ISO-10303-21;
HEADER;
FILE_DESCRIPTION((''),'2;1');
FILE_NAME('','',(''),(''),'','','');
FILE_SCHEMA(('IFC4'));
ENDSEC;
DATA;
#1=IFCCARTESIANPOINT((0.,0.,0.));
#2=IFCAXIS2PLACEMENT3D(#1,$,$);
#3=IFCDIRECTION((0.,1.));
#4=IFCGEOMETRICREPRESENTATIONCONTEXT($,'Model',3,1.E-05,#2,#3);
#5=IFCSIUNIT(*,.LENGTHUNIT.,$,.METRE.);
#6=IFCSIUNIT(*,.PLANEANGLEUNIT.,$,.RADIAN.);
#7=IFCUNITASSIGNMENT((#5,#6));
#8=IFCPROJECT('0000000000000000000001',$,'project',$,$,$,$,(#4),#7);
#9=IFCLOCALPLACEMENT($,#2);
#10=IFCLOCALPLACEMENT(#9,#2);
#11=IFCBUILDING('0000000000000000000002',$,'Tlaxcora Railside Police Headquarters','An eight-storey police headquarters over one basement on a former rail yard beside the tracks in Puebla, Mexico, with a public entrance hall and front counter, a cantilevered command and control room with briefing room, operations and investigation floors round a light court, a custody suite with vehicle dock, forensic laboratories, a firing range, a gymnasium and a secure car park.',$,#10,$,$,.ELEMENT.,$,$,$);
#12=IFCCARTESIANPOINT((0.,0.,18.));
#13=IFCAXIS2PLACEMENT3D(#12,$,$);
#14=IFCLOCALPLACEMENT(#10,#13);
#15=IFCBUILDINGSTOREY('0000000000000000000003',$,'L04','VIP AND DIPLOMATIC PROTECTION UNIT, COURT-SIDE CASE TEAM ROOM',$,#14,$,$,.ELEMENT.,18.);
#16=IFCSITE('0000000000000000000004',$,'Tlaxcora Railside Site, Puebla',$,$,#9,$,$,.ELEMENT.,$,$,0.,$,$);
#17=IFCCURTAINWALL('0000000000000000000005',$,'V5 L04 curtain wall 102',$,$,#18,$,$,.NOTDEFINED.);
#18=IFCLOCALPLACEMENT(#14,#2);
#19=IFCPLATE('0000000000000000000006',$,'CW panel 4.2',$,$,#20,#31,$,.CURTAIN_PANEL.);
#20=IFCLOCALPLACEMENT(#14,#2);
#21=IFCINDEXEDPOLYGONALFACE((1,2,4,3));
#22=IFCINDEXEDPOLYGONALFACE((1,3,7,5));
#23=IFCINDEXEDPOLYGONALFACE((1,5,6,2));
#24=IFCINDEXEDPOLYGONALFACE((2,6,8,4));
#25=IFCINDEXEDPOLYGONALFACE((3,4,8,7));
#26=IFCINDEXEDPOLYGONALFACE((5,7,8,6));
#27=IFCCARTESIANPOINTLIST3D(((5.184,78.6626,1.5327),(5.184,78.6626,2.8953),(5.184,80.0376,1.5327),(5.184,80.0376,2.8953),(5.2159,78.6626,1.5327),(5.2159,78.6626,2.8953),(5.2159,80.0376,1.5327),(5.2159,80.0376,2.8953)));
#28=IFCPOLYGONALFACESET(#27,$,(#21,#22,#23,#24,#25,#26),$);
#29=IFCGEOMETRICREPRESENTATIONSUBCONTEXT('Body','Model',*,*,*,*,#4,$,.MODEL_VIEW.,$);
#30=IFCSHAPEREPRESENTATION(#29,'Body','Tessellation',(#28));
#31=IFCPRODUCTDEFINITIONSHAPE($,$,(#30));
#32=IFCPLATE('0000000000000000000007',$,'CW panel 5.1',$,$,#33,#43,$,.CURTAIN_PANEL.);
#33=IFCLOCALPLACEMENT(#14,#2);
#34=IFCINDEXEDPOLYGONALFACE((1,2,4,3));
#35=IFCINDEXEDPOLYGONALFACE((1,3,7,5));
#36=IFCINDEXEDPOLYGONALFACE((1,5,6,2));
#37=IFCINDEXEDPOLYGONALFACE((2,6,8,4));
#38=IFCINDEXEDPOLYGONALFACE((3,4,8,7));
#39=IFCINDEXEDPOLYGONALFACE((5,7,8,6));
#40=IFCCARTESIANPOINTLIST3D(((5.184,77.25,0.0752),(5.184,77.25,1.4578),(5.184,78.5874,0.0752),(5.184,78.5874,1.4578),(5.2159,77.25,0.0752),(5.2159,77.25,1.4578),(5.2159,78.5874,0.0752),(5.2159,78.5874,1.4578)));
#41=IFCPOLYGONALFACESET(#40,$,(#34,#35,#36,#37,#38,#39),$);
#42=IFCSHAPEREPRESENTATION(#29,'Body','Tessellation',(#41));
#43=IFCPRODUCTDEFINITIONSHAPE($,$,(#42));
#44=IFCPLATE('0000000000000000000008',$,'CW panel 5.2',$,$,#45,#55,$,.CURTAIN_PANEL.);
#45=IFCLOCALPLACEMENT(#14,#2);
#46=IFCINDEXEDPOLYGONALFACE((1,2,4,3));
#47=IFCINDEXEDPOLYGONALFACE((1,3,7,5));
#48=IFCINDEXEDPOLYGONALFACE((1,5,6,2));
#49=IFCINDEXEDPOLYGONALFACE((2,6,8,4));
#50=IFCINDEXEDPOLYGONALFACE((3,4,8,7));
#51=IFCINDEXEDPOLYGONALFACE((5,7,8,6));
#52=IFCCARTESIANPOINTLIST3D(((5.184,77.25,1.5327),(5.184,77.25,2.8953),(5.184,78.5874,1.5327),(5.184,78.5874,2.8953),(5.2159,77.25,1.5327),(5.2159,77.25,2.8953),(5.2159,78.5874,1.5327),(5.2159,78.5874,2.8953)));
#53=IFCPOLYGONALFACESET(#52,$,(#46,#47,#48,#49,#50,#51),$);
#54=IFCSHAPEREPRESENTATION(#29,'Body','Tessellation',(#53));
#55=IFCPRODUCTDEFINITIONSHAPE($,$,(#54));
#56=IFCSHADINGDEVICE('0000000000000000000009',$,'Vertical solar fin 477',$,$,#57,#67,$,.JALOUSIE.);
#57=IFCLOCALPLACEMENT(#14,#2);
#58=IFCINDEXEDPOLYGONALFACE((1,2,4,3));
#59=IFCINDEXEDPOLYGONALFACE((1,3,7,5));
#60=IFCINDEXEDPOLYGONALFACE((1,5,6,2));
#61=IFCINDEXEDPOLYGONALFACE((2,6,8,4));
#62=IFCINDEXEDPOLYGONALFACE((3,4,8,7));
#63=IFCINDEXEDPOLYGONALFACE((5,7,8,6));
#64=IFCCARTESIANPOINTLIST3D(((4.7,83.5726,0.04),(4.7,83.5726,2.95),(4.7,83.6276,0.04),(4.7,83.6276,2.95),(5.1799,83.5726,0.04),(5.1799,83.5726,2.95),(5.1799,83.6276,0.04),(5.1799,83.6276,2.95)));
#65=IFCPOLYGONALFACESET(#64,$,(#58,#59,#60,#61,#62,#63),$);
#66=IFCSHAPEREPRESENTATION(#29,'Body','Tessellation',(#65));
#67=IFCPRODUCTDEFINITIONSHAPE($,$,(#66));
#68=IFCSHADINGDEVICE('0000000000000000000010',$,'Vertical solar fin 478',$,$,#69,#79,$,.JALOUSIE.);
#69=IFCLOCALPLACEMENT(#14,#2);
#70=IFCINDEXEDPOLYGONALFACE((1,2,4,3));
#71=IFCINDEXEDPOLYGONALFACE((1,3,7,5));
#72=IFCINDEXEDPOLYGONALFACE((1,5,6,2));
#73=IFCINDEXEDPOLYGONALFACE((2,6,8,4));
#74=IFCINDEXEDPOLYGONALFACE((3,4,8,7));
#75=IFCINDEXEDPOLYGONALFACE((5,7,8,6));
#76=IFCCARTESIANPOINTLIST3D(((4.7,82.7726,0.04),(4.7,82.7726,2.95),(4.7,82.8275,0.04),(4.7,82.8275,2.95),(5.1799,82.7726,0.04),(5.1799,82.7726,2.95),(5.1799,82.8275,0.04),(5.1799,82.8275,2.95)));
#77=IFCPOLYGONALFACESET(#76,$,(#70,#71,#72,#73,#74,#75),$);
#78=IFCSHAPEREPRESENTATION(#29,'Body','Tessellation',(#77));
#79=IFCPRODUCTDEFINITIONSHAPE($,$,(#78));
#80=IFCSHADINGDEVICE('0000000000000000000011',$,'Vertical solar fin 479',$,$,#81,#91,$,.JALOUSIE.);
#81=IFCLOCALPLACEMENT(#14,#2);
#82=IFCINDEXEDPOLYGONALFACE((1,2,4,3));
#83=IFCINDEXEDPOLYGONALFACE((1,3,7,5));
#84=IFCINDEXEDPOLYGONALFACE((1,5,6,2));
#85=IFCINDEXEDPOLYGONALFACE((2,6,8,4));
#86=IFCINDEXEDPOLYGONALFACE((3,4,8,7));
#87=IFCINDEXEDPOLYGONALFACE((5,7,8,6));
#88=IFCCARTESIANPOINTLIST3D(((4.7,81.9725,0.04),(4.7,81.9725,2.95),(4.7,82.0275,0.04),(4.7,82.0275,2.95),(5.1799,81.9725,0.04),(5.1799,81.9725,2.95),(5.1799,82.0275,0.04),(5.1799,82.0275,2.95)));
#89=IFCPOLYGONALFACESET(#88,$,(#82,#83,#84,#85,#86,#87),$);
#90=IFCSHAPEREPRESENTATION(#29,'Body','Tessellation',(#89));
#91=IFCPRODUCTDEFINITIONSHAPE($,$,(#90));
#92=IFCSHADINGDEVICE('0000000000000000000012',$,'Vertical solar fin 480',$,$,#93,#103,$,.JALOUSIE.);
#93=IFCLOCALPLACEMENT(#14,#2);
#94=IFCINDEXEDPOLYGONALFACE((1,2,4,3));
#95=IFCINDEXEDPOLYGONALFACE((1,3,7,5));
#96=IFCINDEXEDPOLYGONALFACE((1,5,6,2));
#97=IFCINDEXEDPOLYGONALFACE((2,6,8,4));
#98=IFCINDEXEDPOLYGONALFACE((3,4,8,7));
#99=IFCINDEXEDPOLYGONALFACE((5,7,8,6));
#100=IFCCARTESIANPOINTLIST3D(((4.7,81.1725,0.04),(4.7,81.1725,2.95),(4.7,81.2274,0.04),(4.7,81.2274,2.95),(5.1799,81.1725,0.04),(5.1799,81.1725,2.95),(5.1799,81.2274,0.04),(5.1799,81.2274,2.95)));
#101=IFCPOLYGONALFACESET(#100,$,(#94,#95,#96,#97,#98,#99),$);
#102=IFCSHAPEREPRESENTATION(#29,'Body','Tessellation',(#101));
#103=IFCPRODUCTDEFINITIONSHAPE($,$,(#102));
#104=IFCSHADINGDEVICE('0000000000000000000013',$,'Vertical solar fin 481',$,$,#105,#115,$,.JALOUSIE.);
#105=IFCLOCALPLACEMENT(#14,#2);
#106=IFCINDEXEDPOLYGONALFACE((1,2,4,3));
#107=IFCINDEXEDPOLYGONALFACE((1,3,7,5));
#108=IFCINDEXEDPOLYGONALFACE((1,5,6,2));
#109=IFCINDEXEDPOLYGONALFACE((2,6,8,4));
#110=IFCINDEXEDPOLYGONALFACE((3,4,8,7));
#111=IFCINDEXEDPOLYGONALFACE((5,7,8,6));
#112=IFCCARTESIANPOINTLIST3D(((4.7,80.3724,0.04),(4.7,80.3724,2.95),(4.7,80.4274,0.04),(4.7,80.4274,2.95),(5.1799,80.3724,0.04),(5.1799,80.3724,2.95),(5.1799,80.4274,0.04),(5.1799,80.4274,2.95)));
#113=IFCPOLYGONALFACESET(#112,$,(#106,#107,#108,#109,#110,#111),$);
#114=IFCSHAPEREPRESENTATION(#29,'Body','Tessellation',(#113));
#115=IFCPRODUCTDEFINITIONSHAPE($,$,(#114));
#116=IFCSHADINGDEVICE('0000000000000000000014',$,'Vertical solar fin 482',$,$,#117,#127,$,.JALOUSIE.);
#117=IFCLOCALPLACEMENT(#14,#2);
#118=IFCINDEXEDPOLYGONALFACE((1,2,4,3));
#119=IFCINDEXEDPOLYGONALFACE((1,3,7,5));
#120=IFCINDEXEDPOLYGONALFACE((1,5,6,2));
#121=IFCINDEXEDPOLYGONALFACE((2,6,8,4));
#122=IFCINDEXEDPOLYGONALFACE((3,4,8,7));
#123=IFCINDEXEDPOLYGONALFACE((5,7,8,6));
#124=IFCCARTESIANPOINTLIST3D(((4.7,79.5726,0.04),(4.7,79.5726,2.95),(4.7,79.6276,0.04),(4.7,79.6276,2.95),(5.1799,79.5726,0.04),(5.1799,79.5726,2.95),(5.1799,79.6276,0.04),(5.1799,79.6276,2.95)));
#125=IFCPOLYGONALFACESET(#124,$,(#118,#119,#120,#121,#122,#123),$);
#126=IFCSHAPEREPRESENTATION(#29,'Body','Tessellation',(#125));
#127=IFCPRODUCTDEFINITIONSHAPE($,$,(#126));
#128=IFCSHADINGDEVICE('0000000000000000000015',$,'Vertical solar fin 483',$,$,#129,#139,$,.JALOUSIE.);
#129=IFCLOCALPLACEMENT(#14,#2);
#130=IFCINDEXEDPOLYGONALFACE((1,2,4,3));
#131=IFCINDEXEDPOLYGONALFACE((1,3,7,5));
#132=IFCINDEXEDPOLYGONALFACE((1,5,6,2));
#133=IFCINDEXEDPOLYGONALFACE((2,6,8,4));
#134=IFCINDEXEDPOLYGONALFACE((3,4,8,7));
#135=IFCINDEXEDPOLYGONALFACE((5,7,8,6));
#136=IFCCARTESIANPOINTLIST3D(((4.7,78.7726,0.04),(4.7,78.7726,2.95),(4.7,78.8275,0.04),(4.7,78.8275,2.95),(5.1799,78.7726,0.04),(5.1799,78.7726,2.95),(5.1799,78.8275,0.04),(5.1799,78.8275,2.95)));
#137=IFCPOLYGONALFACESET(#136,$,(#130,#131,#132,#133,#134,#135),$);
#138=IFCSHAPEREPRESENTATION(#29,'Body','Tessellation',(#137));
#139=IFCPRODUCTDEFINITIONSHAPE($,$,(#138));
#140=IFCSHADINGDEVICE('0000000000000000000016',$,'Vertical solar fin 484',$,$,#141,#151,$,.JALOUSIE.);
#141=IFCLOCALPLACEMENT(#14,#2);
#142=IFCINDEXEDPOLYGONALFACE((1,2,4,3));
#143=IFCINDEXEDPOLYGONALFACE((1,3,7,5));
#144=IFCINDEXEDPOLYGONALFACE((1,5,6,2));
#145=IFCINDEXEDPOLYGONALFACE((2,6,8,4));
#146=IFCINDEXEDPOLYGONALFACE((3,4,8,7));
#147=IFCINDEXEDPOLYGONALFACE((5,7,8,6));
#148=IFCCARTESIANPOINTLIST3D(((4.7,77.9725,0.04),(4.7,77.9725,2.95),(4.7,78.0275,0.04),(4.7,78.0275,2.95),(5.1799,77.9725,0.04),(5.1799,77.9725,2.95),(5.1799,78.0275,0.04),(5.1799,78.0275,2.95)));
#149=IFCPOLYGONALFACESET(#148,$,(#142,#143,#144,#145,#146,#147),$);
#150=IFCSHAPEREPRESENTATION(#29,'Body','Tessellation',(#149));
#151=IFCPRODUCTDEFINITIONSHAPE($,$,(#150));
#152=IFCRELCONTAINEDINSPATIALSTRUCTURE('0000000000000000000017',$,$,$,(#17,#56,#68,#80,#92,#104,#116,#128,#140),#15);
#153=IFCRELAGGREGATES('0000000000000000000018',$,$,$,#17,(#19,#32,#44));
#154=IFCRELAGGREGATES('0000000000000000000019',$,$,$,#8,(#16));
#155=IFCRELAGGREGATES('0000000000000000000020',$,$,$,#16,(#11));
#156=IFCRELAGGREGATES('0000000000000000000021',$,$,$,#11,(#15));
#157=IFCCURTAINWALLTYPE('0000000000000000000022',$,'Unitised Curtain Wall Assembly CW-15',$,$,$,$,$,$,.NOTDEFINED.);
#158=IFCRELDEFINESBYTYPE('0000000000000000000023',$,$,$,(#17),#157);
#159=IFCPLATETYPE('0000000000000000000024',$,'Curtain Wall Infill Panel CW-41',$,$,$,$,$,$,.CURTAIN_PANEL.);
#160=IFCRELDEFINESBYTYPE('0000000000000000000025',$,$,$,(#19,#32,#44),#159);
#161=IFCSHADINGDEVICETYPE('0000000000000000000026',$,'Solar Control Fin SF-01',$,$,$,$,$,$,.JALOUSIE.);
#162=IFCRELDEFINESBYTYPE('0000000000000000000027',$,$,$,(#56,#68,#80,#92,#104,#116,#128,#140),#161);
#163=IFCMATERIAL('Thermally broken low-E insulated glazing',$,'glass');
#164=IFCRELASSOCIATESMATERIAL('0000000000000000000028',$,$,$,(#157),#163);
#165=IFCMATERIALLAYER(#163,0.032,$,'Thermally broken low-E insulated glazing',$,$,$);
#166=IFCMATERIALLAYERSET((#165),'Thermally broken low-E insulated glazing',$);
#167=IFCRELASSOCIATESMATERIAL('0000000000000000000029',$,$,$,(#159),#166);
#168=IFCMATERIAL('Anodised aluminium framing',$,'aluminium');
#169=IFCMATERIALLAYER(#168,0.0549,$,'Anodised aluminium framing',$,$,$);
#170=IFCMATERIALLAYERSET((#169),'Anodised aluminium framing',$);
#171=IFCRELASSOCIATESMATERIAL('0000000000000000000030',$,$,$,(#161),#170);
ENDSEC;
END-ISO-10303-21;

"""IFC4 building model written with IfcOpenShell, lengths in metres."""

from ifc_helpers import new_model, si_unit, direction, frame, origin, origin_2d, place, context, subcontext, project, spatial, rectangle, extrude, material, layer, layer_set, type_object, element, aggregate, save


model = new_model("IFC4")

# Units and contexts
model_context = context("Model", 3, precision=1e-05, world=origin(), true_north=direction((0.0, 1.0)))
body_context = subcontext(model_context, "Body", "Model", "MODEL_VIEW")
ifc_project = project(units=[si_unit("LENGTHUNIT", "METRE"), si_unit("PLANEANGLEUNIT", "RADIAN")], contexts=[model_context])

# Site, building, storey
site_placement = place(None, origin())
site = spatial("IfcSite", under=ifc_project, at=site_placement, Name="Tlaxcora Railside Site, Puebla", CompositionType="ELEMENT", RefElevation=0.0)
building_placement = place(site_placement, origin())
building = spatial("IfcBuilding", under=site, at=building_placement, Name="Tlaxcora Railside Police Headquarters", Description="An eight-storey police headquarters over one basement on a former rail yard beside the tracks in Puebla, Mexico, with a public entrance hall and front counter, a cantilevered command and control room with briefing room, operations and investigation floors round a light court, a custody suite with vehicle dock, forensic laboratories, a firing range, a gymnasium and a secure car park.", CompositionType="ELEMENT")
storey_placement = place(building_placement, frame((0.0, 0.0, 18.0)))
storey = spatial("IfcBuildingStorey", under=building, at=storey_placement, Name="L04", Description="VIP AND DIPLOMATIC PROTECTION UNIT, COURT-SIDE CASE TEAM ROOM", CompositionType="ELEMENT", Elevation=18.0)

# Curtain wall
ifc_material_1 = material(Name="Thermally broken low-E insulated glazing", Category="glass")
curtain_wall_type = type_object("IfcCurtainWallType", Name="Unitised Curtain Wall Assembly CW-15", PredefinedType="NOTDEFINED", material=ifc_material_1)
curtain_wall_placement = place(storey_placement, origin())
curtain_wall = element("IfcCurtainWall", 1, at=curtain_wall_placement, inside=storey, type_object=curtain_wall_type, Name="V5 L04 curtain wall 102", PredefinedType="NOTDEFINED")
ifc_material_2 = material(Name="Anodised aluminium framing", Category="aluminium")

# Plates
ifc_layer_1 = layer(ifc_material_1, 0.032, Name="Thermally broken low-E insulated glazing")
ifc_layer_set_1 = layer_set([ifc_layer_1], Name="Thermally broken low-E insulated glazing")
plate_type = type_object("IfcPlateType", Name="Curtain Wall Infill Panel CW-41", PredefinedType="CURTAIN_PANEL", material=ifc_layer_set_1)
plate_1_placement = place(storey_placement, frame((5.2, 79.3501, 1.5327), z_axis=(0.0, 0.0, 1.0), x_axis=(0.0, -1.0, 0.0)))
plate_1 = element("IfcPlate", 2, at=plate_1_placement, type_object=plate_type, Name="CW panel 4.2", PredefinedType="CURTAIN_PANEL", context=body_context, shape_type="SweptSolid", body=[
    extrude(rectangle(XDim=1.375, YDim=0.032, at=origin_2d()), origin(), (0.0, 0.0, 1.0), 1.3625),
])
plate_2_placement = place(storey_placement, frame((5.2, 77.9187, 0.0752), z_axis=(0.0, 0.0, 1.0), x_axis=(0.0, -1.0, 0.0)))
plate_2 = element("IfcPlate", 3, at=plate_2_placement, type_object=plate_type, Name="CW panel 5.1", PredefinedType="CURTAIN_PANEL", context=body_context, shape_type="SweptSolid", body=[
    extrude(rectangle(XDim=1.3374, YDim=0.032, at=origin_2d()), origin(), (0.0, 0.0, 1.0), 1.3826),
])
plate_3_placement = place(storey_placement, frame((5.2, 77.9187, 1.5327), z_axis=(0.0, 0.0, 1.0), x_axis=(0.0, -1.0, 0.0)))
plate_3 = element("IfcPlate", 4, at=plate_3_placement, type_object=plate_type, Name="CW panel 5.2", PredefinedType="CURTAIN_PANEL", context=body_context, shape_type="SweptSolid", body=[
    extrude(rectangle(XDim=1.3374, YDim=0.032, at=origin_2d()), origin(), (0.0, 0.0, 1.0), 1.3625),
])
aggregate(curtain_wall, [plate_1, plate_2, plate_3])

# Shading devices
ifc_layer_2 = layer(ifc_material_2, 0.0549, Name="Anodised aluminium framing")
ifc_layer_set_2 = layer_set([ifc_layer_2], Name="Anodised aluminium framing")
shading_device_type = type_object("IfcShadingDeviceType", Name="Solar Control Fin SF-01", PredefinedType="JALOUSIE", material=ifc_layer_set_2)
for number, where, z_axis, x_axis, name in (
    (5, (4.9399, 83.6001, 0.04), (0.0, 0.0, 1.0), (-1.0, 0.0, 0.0), "Vertical solar fin 477"),
    (6, (4.9399, 82.8, 0.04), (0.0, 0.0, 1.0), (-1.0, 0.0, 0.0), "Vertical solar fin 478"),
    (7, (4.9399, 82.0, 0.04), (0.0, 0.0, 1.0), (-1.0, 0.0, 0.0), "Vertical solar fin 479"),
    (8, (4.9399, 81.2, 0.04), (0.0, 0.0, 1.0), (-1.0, 0.0, 0.0), "Vertical solar fin 480"),
    (9, (4.9399, 80.3999, 0.04), (0.0, 0.0, 1.0), (-1.0, 0.0, 0.0), "Vertical solar fin 481"),
    (10, (4.9399, 79.6001, 0.04), (0.0, 0.0, 1.0), (-1.0, 0.0, 0.0), "Vertical solar fin 482"),
    (11, (4.9399, 78.8, 0.04), (0.0, 0.0, 1.0), (-1.0, 0.0, 0.0), "Vertical solar fin 483"),
    (12, (4.9399, 78.0, 0.04), (0.0, 0.0, 1.0), (-1.0, 0.0, 0.0), "Vertical solar fin 484"),
):
    element("IfcShadingDevice", number, at=place(storey_placement, frame(where, z_axis=z_axis, x_axis=x_axis)), inside=storey, type_object=shading_device_type, Name=name, PredefinedType="JALOUSIE", context=body_context, shape_type="SweptSolid", body=[
        extrude(rectangle(XDim=0.48, YDim=0.0549, at=origin_2d()), origin(), (0.0, 0.0, 1.0), 2.9099),
    ])

save(model, "model.ifc")
